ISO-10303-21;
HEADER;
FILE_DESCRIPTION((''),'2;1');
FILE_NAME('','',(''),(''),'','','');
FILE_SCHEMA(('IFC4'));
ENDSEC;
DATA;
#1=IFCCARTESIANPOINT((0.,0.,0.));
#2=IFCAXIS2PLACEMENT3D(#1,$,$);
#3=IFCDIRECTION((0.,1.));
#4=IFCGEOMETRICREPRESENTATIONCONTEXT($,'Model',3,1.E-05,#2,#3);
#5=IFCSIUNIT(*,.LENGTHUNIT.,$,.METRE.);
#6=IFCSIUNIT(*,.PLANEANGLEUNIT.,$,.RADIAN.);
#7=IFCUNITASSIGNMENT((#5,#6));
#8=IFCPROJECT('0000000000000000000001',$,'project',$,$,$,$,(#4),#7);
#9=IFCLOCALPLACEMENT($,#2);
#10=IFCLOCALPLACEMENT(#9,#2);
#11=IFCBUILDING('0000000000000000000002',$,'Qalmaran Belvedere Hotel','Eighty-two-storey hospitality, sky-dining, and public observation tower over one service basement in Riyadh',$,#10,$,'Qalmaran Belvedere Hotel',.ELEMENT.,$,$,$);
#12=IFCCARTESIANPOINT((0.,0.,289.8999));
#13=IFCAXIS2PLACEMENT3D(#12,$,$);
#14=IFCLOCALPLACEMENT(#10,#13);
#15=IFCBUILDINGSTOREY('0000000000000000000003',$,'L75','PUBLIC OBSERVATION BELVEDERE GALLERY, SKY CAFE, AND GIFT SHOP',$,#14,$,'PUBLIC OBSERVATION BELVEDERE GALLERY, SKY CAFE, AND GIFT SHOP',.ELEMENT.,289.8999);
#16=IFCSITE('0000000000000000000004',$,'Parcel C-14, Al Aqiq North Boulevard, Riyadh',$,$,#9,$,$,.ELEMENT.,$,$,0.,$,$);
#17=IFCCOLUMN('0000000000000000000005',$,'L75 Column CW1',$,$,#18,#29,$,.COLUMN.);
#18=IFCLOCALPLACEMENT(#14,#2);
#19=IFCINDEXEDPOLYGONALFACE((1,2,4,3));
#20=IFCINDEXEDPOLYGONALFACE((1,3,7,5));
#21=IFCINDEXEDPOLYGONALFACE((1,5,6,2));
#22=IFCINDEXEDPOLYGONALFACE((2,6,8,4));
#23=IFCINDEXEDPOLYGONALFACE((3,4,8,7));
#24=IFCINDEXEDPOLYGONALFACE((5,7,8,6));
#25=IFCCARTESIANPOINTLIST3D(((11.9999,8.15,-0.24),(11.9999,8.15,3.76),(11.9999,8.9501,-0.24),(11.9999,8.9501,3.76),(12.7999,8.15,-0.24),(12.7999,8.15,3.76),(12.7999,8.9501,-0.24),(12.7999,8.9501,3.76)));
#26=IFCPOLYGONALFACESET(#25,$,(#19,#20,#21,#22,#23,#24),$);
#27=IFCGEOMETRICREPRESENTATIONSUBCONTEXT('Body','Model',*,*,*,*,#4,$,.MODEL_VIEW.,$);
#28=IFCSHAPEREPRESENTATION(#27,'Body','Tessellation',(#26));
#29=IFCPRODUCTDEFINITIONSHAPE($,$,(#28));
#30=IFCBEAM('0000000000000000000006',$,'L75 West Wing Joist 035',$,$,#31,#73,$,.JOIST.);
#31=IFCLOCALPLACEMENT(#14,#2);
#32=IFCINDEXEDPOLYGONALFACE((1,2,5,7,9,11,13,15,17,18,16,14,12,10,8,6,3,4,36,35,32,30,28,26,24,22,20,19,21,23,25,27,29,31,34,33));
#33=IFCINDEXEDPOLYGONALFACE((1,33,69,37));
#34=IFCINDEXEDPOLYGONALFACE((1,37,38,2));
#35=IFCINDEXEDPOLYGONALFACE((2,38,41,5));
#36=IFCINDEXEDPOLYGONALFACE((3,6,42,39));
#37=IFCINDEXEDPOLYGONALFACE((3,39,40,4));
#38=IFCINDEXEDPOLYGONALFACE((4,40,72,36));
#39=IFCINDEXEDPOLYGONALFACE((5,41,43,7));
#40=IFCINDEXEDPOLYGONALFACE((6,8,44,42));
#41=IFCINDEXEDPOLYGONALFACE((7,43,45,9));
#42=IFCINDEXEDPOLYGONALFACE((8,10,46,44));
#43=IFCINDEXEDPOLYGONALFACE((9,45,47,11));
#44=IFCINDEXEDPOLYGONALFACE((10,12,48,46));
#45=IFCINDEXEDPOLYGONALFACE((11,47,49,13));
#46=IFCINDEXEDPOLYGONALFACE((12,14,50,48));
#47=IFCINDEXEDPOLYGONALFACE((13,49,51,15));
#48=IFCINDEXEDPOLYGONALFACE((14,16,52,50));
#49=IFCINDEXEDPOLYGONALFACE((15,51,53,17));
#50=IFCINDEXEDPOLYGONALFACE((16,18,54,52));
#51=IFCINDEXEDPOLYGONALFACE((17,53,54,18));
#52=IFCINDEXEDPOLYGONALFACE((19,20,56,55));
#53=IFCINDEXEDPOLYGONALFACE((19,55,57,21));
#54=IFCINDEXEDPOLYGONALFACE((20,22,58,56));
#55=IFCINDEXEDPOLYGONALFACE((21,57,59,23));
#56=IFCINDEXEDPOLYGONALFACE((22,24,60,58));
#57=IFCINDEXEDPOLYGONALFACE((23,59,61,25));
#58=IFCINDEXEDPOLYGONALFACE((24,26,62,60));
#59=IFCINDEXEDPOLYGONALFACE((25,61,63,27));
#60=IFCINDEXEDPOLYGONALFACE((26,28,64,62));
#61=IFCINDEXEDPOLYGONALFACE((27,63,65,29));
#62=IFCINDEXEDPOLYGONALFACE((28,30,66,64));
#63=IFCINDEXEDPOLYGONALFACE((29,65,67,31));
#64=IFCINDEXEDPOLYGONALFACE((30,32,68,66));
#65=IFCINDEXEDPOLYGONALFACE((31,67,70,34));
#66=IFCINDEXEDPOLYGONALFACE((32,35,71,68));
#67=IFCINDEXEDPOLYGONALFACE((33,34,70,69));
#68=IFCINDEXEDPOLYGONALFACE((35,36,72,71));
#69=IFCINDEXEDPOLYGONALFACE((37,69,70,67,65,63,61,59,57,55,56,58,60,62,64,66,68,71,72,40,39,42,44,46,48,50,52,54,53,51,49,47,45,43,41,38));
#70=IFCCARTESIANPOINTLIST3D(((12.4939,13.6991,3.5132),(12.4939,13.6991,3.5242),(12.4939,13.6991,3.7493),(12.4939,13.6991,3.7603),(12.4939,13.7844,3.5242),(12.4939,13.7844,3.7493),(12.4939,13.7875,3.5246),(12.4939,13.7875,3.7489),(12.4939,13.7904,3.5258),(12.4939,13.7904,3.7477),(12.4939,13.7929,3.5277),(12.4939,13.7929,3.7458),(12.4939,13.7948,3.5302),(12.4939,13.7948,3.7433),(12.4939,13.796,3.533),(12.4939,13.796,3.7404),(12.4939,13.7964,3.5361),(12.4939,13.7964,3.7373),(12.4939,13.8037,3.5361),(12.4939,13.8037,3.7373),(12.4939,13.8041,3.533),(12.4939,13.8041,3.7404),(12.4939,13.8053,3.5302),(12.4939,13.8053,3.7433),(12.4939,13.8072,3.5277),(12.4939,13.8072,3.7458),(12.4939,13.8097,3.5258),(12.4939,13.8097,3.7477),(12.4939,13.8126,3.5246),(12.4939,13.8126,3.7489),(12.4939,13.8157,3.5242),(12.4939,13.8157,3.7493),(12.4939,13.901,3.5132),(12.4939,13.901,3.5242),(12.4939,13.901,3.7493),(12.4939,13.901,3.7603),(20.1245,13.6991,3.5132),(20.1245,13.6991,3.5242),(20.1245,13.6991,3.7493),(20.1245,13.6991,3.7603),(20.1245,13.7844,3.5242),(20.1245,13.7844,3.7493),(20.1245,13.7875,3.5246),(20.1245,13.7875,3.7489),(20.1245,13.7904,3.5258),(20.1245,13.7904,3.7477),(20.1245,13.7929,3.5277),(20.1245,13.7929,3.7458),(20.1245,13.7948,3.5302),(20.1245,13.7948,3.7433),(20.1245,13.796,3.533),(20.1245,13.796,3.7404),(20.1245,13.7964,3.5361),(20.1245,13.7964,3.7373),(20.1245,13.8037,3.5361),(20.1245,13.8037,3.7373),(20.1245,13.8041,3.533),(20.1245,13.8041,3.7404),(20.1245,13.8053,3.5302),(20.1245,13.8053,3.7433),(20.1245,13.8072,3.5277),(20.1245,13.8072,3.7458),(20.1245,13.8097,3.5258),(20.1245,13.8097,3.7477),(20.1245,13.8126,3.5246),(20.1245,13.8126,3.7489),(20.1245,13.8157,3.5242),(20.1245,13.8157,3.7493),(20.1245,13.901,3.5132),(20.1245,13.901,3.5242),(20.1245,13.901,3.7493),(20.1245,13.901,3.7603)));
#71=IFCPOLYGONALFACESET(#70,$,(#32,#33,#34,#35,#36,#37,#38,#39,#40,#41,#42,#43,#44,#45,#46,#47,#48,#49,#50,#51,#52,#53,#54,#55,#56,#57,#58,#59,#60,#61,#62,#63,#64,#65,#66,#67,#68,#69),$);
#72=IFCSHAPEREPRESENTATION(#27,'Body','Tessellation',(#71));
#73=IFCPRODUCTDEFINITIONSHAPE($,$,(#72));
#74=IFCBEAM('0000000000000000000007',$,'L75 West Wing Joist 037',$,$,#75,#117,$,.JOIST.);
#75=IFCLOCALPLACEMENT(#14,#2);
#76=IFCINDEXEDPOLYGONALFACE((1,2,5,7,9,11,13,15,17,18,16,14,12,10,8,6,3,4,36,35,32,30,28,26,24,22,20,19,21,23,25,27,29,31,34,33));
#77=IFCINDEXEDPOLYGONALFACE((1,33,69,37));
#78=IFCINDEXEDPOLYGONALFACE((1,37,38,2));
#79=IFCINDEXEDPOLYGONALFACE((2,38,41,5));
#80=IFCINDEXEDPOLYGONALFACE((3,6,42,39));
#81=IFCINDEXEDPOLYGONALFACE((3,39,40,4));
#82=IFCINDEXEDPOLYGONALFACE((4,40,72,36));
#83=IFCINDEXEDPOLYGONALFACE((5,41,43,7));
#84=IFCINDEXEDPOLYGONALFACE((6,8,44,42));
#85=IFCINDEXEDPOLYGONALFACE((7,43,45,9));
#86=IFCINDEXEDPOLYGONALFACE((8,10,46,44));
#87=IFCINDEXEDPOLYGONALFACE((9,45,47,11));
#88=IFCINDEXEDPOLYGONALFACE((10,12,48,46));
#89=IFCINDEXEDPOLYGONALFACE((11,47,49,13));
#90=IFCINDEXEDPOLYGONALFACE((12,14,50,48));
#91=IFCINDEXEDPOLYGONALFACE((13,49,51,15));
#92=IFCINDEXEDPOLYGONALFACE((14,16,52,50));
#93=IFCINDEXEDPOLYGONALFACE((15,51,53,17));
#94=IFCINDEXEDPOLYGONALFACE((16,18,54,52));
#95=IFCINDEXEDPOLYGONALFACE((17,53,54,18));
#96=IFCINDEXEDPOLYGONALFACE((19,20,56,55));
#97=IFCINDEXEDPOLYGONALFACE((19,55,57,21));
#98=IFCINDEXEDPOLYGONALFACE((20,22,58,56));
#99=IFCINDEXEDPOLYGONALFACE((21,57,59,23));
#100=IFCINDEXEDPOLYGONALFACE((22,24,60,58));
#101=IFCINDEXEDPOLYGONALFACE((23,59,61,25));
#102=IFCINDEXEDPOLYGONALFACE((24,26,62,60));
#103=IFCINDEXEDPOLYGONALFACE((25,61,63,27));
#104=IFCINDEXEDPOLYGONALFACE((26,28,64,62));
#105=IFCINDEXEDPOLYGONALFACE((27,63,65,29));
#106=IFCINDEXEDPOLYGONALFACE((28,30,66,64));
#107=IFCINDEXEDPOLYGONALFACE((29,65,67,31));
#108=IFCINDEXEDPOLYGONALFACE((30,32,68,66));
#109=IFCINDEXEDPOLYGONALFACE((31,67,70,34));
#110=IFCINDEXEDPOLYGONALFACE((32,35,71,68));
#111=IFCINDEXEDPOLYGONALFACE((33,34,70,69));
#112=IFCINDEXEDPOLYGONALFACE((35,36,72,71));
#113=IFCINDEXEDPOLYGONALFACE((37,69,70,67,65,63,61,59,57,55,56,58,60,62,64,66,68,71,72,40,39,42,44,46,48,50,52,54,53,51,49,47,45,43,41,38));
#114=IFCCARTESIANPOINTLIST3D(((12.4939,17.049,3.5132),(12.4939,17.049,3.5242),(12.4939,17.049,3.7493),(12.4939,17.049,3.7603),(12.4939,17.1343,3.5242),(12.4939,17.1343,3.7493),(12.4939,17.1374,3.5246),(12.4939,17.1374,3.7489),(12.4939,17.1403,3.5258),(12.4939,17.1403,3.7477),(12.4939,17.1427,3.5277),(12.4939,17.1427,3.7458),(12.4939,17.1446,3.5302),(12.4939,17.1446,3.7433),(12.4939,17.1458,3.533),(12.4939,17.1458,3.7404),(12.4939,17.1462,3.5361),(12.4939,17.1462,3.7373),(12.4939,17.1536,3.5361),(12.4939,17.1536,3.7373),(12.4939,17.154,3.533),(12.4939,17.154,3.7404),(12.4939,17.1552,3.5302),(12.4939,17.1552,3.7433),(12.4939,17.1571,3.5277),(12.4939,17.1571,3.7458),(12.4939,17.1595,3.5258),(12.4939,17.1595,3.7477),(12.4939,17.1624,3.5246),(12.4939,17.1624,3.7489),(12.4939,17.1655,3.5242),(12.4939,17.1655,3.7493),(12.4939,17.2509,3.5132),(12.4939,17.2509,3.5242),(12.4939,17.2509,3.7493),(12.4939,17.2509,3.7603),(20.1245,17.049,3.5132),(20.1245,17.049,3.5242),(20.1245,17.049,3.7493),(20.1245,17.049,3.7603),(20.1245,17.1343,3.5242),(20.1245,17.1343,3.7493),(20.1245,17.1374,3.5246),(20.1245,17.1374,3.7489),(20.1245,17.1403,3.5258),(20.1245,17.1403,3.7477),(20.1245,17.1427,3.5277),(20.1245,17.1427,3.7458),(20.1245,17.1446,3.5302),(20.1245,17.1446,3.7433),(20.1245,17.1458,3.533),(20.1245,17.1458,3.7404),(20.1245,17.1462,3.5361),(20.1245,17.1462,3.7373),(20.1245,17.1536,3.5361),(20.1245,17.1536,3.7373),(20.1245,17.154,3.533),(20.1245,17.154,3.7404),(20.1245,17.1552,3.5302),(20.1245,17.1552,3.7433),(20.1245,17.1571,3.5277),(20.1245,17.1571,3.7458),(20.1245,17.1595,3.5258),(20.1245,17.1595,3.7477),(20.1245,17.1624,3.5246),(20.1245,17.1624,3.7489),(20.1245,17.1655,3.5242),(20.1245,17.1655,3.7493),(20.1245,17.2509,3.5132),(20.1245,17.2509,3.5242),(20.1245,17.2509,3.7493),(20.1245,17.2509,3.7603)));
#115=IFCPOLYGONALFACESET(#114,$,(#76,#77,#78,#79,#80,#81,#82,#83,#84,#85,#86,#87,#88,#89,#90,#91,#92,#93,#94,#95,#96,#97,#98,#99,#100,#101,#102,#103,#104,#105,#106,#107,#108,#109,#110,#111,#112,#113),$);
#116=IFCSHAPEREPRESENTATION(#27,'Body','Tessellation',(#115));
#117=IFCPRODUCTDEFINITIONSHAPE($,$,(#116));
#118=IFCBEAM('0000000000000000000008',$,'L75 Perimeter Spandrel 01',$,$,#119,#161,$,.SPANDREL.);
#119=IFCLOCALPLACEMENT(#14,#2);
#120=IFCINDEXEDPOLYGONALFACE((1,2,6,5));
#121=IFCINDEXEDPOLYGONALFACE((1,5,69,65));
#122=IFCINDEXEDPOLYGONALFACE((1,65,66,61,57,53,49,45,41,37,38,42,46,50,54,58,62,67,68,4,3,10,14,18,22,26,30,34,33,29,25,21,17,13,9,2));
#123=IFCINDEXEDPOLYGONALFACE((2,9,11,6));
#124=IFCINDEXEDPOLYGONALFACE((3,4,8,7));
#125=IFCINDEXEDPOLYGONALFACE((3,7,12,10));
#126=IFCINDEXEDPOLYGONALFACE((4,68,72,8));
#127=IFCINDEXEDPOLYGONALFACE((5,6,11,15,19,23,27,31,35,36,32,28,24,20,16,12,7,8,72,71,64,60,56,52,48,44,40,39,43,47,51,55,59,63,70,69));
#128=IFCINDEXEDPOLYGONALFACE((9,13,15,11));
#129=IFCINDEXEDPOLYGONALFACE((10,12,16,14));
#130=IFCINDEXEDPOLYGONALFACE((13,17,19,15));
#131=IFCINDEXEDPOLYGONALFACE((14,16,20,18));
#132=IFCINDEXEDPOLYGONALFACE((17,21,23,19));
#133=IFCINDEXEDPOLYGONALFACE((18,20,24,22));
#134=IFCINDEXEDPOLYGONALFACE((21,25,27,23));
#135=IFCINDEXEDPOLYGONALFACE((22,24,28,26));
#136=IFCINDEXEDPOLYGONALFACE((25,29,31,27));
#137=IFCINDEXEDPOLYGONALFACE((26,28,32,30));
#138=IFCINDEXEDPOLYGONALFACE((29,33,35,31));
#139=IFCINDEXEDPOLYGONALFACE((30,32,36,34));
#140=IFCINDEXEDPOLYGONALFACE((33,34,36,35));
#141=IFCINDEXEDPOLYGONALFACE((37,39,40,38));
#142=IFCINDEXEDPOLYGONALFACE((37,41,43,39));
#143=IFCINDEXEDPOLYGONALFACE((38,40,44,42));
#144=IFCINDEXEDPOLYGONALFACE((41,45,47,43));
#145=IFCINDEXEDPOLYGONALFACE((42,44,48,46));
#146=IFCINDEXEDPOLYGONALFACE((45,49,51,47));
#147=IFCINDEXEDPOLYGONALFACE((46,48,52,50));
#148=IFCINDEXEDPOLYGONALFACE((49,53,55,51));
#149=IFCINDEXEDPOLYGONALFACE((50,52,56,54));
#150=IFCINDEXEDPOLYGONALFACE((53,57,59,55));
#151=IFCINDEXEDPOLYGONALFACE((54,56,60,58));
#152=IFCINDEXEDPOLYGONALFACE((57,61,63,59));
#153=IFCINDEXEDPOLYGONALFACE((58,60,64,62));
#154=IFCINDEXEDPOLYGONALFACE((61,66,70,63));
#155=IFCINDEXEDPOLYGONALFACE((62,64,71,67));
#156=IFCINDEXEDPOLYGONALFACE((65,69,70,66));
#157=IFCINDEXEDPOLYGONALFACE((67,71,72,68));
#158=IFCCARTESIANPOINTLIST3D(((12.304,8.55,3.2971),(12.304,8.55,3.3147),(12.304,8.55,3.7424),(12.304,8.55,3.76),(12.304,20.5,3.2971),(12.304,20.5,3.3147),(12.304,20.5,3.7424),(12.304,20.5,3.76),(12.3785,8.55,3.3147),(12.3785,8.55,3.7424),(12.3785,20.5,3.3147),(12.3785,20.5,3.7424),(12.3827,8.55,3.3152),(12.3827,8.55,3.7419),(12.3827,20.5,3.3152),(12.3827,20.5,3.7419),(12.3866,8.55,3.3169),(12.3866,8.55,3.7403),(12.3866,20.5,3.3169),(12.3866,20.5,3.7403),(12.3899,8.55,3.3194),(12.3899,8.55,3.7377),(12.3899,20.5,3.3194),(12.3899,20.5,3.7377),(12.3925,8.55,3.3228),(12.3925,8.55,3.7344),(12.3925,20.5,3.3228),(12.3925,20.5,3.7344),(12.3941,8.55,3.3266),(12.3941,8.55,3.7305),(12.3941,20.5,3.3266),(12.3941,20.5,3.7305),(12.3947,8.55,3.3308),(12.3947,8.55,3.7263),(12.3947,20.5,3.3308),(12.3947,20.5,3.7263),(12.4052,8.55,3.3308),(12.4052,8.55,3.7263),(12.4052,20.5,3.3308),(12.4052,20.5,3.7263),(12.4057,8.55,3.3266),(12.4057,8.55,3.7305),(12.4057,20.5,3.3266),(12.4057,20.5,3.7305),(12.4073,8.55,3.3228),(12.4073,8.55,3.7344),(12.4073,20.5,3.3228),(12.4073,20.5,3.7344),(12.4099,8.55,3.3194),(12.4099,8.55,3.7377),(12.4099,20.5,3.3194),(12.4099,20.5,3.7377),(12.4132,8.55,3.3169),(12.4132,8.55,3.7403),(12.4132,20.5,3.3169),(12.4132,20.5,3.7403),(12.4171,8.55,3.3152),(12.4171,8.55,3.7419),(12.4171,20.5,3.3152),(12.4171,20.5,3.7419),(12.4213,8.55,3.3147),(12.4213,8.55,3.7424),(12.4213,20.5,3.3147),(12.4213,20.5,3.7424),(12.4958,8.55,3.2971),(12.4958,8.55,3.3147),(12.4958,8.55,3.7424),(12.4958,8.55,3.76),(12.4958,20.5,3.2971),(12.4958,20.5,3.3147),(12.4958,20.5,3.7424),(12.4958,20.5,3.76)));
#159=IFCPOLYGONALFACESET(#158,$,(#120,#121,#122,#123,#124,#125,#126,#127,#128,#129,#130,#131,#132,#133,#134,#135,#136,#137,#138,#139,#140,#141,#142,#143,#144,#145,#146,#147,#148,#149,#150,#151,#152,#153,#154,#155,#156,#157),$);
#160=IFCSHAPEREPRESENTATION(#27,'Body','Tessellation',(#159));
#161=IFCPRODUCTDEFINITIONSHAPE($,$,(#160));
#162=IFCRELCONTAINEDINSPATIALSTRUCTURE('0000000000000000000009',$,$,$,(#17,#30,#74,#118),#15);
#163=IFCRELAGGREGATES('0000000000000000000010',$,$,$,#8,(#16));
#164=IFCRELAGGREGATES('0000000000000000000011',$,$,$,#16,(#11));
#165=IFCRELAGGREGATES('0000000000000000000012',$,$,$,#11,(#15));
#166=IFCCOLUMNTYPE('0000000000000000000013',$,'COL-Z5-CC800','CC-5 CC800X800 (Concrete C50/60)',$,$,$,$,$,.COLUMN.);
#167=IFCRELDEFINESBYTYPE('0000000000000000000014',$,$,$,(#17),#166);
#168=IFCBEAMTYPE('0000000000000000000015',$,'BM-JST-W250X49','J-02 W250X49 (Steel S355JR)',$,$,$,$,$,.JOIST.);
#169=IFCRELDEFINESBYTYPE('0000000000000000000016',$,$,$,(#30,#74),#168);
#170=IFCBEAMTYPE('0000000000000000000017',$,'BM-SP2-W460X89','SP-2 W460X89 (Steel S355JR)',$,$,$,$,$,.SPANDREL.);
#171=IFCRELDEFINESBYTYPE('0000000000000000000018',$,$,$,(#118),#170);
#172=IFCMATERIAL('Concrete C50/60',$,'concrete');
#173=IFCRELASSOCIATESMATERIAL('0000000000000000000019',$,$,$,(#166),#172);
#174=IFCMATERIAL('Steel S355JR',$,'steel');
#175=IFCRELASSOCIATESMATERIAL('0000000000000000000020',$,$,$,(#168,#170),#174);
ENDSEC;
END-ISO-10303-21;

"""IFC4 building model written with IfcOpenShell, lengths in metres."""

from ifc_helpers import new_model, si_unit, direction, frame, origin, origin_2d, place, context, subcontext, project, spatial, rectangle, i_section, extrude, material, material_profile, profile_set, type_object, element, save


model = new_model("IFC4")

# Units and contexts
model_context = context("Model", 3, precision=1e-05, world=origin(), true_north=direction((0.0, 1.0)))
body_context = subcontext(model_context, "Body", "Model", "MODEL_VIEW")
ifc_project = project(units=[si_unit("LENGTHUNIT", "METRE"), si_unit("PLANEANGLEUNIT", "RADIAN")], contexts=[model_context])

# Site, building, storey
site_placement = place(None, origin())
site = spatial("IfcSite", under=ifc_project, at=site_placement, Name="Parcel C-14, Al Aqiq North Boulevard, Riyadh", CompositionType="ELEMENT", RefElevation=0.0)
building_placement = place(site_placement, origin())
building = spatial("IfcBuilding", under=site, at=building_placement, Name="Qalmaran Belvedere Hotel", Description="Eighty-two-storey hospitality, sky-dining, and public observation tower over one service basement in Riyadh", LongName="Qalmaran Belvedere Hotel", CompositionType="ELEMENT")
storey_placement = place(building_placement, frame((0.0, 0.0, 289.8999)))
storey = spatial("IfcBuildingStorey", under=building, at=storey_placement, Name="L75", Description="PUBLIC OBSERVATION BELVEDERE GALLERY, SKY CAFE, AND GIFT SHOP", LongName="PUBLIC OBSERVATION BELVEDERE GALLERY, SKY CAFE, AND GIFT SHOP", CompositionType="ELEMENT", Elevation=289.8999)

# Column
ifc_material_1 = material(Name="Concrete C50/60", Category="concrete")
ifc_material_profile_1 = material_profile(ifc_material_1, rectangle(XDim=0.8, YDim=0.8, at=origin_2d()), Name="CC800X800")
ifc_profile_set_1 = profile_set([ifc_material_profile_1], Name="Concrete C50/60")
column_type = type_object("IfcColumnType", Name="COL-Z5-CC800", Description="CC-5 CC800X800 (Concrete C50/60)", PredefinedType="COLUMN", material=ifc_profile_set_1)
column_placement = place(storey_placement, frame((12.3999, 8.55, -0.24), z_axis=(0.0, 0.0, 1.0), x_axis=(1.0, 0.0, 0.0)))
element("IfcColumn", 1, at=column_placement, inside=storey, type_object=column_type, Name="L75 Column CW1", PredefinedType="COLUMN", context=body_context, shape_type="SweptSolid", body=[
    extrude(rectangle(XDim=0.8, YDim=0.8, at=origin_2d()), origin(), (0.0, 0.0, 1.0), 4.0),
])

# Beams
ifc_material_2 = material(Name="Steel S355JR", Category="steel")
ifc_material_profile_2 = material_profile(ifc_material_2, i_section(OverallWidth=0.2019, OverallDepth=0.2471, WebThickness=0.0073, FlangeThickness=0.011, FilletRadius=0.012, at=origin_2d()), Name="W250X49")
ifc_profile_set_2 = profile_set([ifc_material_profile_2], Name="Steel S355JR")
beam_type_1 = type_object("IfcBeamType", Name="BM-JST-W250X49", Description="J-02 W250X49 (Steel S355JR)", PredefinedType="JOIST", material=ifc_profile_set_2)
for number, where, z_axis, x_axis, name in (
    (2, (12.4939, 13.8, 3.6367), (1.0, 0.0, 0.0), (0.0, 1.0, 0.0), "L75 West Wing Joist 035"),
    (3, (12.4939, 17.1499, 3.6367), (1.0, 0.0, 0.0), (0.0, 1.0, 0.0), "L75 West Wing Joist 037"),
):
    element("IfcBeam", number, at=place(storey_placement, frame(where, z_axis=z_axis, x_axis=x_axis)), inside=storey, type_object=beam_type_1, Name=name, PredefinedType="JOIST", context=body_context, shape_type="SweptSolid", body=[
        extrude(i_section(OverallWidth=0.2019, OverallDepth=0.2471, WebThickness=0.0073, FlangeThickness=0.011, FilletRadius=0.012, at=origin_2d()), origin(), (0.0, 0.0, 1.0), 7.6306),
    ])
ifc_material_profile_3 = material_profile(ifc_material_2, i_section(OverallWidth=0.1919, OverallDepth=0.4629, WebThickness=0.0105, FlangeThickness=0.0176, FilletRadius=0.0161, at=origin_2d()), Name="W460X89")
ifc_profile_set_3 = profile_set([ifc_material_profile_3], Name="Steel S355JR")
beam_type_2 = type_object("IfcBeamType", Name="BM-SP2-W460X89", Description="SP-2 W460X89 (Steel S355JR)", PredefinedType="SPANDREL", material=ifc_profile_set_3)
beam_1_placement = place(storey_placement, frame((12.3999, 8.55, 3.5286), z_axis=(0.0, 1.0, 0.0), x_axis=(-1.0, 0.0, 0.0)))
element("IfcBeam", 4, at=beam_1_placement, inside=storey, type_object=beam_type_2, Name="L75 Perimeter Spandrel 01", PredefinedType="SPANDREL", context=body_context, shape_type="SweptSolid", body=[
    extrude(i_section(OverallWidth=0.1919, OverallDepth=0.4629, WebThickness=0.0105, FlangeThickness=0.0176, FilletRadius=0.0161, at=origin_2d()), origin(), (0.0, 0.0, 1.0), 11.95),
])

save(model, "model.ifc")
